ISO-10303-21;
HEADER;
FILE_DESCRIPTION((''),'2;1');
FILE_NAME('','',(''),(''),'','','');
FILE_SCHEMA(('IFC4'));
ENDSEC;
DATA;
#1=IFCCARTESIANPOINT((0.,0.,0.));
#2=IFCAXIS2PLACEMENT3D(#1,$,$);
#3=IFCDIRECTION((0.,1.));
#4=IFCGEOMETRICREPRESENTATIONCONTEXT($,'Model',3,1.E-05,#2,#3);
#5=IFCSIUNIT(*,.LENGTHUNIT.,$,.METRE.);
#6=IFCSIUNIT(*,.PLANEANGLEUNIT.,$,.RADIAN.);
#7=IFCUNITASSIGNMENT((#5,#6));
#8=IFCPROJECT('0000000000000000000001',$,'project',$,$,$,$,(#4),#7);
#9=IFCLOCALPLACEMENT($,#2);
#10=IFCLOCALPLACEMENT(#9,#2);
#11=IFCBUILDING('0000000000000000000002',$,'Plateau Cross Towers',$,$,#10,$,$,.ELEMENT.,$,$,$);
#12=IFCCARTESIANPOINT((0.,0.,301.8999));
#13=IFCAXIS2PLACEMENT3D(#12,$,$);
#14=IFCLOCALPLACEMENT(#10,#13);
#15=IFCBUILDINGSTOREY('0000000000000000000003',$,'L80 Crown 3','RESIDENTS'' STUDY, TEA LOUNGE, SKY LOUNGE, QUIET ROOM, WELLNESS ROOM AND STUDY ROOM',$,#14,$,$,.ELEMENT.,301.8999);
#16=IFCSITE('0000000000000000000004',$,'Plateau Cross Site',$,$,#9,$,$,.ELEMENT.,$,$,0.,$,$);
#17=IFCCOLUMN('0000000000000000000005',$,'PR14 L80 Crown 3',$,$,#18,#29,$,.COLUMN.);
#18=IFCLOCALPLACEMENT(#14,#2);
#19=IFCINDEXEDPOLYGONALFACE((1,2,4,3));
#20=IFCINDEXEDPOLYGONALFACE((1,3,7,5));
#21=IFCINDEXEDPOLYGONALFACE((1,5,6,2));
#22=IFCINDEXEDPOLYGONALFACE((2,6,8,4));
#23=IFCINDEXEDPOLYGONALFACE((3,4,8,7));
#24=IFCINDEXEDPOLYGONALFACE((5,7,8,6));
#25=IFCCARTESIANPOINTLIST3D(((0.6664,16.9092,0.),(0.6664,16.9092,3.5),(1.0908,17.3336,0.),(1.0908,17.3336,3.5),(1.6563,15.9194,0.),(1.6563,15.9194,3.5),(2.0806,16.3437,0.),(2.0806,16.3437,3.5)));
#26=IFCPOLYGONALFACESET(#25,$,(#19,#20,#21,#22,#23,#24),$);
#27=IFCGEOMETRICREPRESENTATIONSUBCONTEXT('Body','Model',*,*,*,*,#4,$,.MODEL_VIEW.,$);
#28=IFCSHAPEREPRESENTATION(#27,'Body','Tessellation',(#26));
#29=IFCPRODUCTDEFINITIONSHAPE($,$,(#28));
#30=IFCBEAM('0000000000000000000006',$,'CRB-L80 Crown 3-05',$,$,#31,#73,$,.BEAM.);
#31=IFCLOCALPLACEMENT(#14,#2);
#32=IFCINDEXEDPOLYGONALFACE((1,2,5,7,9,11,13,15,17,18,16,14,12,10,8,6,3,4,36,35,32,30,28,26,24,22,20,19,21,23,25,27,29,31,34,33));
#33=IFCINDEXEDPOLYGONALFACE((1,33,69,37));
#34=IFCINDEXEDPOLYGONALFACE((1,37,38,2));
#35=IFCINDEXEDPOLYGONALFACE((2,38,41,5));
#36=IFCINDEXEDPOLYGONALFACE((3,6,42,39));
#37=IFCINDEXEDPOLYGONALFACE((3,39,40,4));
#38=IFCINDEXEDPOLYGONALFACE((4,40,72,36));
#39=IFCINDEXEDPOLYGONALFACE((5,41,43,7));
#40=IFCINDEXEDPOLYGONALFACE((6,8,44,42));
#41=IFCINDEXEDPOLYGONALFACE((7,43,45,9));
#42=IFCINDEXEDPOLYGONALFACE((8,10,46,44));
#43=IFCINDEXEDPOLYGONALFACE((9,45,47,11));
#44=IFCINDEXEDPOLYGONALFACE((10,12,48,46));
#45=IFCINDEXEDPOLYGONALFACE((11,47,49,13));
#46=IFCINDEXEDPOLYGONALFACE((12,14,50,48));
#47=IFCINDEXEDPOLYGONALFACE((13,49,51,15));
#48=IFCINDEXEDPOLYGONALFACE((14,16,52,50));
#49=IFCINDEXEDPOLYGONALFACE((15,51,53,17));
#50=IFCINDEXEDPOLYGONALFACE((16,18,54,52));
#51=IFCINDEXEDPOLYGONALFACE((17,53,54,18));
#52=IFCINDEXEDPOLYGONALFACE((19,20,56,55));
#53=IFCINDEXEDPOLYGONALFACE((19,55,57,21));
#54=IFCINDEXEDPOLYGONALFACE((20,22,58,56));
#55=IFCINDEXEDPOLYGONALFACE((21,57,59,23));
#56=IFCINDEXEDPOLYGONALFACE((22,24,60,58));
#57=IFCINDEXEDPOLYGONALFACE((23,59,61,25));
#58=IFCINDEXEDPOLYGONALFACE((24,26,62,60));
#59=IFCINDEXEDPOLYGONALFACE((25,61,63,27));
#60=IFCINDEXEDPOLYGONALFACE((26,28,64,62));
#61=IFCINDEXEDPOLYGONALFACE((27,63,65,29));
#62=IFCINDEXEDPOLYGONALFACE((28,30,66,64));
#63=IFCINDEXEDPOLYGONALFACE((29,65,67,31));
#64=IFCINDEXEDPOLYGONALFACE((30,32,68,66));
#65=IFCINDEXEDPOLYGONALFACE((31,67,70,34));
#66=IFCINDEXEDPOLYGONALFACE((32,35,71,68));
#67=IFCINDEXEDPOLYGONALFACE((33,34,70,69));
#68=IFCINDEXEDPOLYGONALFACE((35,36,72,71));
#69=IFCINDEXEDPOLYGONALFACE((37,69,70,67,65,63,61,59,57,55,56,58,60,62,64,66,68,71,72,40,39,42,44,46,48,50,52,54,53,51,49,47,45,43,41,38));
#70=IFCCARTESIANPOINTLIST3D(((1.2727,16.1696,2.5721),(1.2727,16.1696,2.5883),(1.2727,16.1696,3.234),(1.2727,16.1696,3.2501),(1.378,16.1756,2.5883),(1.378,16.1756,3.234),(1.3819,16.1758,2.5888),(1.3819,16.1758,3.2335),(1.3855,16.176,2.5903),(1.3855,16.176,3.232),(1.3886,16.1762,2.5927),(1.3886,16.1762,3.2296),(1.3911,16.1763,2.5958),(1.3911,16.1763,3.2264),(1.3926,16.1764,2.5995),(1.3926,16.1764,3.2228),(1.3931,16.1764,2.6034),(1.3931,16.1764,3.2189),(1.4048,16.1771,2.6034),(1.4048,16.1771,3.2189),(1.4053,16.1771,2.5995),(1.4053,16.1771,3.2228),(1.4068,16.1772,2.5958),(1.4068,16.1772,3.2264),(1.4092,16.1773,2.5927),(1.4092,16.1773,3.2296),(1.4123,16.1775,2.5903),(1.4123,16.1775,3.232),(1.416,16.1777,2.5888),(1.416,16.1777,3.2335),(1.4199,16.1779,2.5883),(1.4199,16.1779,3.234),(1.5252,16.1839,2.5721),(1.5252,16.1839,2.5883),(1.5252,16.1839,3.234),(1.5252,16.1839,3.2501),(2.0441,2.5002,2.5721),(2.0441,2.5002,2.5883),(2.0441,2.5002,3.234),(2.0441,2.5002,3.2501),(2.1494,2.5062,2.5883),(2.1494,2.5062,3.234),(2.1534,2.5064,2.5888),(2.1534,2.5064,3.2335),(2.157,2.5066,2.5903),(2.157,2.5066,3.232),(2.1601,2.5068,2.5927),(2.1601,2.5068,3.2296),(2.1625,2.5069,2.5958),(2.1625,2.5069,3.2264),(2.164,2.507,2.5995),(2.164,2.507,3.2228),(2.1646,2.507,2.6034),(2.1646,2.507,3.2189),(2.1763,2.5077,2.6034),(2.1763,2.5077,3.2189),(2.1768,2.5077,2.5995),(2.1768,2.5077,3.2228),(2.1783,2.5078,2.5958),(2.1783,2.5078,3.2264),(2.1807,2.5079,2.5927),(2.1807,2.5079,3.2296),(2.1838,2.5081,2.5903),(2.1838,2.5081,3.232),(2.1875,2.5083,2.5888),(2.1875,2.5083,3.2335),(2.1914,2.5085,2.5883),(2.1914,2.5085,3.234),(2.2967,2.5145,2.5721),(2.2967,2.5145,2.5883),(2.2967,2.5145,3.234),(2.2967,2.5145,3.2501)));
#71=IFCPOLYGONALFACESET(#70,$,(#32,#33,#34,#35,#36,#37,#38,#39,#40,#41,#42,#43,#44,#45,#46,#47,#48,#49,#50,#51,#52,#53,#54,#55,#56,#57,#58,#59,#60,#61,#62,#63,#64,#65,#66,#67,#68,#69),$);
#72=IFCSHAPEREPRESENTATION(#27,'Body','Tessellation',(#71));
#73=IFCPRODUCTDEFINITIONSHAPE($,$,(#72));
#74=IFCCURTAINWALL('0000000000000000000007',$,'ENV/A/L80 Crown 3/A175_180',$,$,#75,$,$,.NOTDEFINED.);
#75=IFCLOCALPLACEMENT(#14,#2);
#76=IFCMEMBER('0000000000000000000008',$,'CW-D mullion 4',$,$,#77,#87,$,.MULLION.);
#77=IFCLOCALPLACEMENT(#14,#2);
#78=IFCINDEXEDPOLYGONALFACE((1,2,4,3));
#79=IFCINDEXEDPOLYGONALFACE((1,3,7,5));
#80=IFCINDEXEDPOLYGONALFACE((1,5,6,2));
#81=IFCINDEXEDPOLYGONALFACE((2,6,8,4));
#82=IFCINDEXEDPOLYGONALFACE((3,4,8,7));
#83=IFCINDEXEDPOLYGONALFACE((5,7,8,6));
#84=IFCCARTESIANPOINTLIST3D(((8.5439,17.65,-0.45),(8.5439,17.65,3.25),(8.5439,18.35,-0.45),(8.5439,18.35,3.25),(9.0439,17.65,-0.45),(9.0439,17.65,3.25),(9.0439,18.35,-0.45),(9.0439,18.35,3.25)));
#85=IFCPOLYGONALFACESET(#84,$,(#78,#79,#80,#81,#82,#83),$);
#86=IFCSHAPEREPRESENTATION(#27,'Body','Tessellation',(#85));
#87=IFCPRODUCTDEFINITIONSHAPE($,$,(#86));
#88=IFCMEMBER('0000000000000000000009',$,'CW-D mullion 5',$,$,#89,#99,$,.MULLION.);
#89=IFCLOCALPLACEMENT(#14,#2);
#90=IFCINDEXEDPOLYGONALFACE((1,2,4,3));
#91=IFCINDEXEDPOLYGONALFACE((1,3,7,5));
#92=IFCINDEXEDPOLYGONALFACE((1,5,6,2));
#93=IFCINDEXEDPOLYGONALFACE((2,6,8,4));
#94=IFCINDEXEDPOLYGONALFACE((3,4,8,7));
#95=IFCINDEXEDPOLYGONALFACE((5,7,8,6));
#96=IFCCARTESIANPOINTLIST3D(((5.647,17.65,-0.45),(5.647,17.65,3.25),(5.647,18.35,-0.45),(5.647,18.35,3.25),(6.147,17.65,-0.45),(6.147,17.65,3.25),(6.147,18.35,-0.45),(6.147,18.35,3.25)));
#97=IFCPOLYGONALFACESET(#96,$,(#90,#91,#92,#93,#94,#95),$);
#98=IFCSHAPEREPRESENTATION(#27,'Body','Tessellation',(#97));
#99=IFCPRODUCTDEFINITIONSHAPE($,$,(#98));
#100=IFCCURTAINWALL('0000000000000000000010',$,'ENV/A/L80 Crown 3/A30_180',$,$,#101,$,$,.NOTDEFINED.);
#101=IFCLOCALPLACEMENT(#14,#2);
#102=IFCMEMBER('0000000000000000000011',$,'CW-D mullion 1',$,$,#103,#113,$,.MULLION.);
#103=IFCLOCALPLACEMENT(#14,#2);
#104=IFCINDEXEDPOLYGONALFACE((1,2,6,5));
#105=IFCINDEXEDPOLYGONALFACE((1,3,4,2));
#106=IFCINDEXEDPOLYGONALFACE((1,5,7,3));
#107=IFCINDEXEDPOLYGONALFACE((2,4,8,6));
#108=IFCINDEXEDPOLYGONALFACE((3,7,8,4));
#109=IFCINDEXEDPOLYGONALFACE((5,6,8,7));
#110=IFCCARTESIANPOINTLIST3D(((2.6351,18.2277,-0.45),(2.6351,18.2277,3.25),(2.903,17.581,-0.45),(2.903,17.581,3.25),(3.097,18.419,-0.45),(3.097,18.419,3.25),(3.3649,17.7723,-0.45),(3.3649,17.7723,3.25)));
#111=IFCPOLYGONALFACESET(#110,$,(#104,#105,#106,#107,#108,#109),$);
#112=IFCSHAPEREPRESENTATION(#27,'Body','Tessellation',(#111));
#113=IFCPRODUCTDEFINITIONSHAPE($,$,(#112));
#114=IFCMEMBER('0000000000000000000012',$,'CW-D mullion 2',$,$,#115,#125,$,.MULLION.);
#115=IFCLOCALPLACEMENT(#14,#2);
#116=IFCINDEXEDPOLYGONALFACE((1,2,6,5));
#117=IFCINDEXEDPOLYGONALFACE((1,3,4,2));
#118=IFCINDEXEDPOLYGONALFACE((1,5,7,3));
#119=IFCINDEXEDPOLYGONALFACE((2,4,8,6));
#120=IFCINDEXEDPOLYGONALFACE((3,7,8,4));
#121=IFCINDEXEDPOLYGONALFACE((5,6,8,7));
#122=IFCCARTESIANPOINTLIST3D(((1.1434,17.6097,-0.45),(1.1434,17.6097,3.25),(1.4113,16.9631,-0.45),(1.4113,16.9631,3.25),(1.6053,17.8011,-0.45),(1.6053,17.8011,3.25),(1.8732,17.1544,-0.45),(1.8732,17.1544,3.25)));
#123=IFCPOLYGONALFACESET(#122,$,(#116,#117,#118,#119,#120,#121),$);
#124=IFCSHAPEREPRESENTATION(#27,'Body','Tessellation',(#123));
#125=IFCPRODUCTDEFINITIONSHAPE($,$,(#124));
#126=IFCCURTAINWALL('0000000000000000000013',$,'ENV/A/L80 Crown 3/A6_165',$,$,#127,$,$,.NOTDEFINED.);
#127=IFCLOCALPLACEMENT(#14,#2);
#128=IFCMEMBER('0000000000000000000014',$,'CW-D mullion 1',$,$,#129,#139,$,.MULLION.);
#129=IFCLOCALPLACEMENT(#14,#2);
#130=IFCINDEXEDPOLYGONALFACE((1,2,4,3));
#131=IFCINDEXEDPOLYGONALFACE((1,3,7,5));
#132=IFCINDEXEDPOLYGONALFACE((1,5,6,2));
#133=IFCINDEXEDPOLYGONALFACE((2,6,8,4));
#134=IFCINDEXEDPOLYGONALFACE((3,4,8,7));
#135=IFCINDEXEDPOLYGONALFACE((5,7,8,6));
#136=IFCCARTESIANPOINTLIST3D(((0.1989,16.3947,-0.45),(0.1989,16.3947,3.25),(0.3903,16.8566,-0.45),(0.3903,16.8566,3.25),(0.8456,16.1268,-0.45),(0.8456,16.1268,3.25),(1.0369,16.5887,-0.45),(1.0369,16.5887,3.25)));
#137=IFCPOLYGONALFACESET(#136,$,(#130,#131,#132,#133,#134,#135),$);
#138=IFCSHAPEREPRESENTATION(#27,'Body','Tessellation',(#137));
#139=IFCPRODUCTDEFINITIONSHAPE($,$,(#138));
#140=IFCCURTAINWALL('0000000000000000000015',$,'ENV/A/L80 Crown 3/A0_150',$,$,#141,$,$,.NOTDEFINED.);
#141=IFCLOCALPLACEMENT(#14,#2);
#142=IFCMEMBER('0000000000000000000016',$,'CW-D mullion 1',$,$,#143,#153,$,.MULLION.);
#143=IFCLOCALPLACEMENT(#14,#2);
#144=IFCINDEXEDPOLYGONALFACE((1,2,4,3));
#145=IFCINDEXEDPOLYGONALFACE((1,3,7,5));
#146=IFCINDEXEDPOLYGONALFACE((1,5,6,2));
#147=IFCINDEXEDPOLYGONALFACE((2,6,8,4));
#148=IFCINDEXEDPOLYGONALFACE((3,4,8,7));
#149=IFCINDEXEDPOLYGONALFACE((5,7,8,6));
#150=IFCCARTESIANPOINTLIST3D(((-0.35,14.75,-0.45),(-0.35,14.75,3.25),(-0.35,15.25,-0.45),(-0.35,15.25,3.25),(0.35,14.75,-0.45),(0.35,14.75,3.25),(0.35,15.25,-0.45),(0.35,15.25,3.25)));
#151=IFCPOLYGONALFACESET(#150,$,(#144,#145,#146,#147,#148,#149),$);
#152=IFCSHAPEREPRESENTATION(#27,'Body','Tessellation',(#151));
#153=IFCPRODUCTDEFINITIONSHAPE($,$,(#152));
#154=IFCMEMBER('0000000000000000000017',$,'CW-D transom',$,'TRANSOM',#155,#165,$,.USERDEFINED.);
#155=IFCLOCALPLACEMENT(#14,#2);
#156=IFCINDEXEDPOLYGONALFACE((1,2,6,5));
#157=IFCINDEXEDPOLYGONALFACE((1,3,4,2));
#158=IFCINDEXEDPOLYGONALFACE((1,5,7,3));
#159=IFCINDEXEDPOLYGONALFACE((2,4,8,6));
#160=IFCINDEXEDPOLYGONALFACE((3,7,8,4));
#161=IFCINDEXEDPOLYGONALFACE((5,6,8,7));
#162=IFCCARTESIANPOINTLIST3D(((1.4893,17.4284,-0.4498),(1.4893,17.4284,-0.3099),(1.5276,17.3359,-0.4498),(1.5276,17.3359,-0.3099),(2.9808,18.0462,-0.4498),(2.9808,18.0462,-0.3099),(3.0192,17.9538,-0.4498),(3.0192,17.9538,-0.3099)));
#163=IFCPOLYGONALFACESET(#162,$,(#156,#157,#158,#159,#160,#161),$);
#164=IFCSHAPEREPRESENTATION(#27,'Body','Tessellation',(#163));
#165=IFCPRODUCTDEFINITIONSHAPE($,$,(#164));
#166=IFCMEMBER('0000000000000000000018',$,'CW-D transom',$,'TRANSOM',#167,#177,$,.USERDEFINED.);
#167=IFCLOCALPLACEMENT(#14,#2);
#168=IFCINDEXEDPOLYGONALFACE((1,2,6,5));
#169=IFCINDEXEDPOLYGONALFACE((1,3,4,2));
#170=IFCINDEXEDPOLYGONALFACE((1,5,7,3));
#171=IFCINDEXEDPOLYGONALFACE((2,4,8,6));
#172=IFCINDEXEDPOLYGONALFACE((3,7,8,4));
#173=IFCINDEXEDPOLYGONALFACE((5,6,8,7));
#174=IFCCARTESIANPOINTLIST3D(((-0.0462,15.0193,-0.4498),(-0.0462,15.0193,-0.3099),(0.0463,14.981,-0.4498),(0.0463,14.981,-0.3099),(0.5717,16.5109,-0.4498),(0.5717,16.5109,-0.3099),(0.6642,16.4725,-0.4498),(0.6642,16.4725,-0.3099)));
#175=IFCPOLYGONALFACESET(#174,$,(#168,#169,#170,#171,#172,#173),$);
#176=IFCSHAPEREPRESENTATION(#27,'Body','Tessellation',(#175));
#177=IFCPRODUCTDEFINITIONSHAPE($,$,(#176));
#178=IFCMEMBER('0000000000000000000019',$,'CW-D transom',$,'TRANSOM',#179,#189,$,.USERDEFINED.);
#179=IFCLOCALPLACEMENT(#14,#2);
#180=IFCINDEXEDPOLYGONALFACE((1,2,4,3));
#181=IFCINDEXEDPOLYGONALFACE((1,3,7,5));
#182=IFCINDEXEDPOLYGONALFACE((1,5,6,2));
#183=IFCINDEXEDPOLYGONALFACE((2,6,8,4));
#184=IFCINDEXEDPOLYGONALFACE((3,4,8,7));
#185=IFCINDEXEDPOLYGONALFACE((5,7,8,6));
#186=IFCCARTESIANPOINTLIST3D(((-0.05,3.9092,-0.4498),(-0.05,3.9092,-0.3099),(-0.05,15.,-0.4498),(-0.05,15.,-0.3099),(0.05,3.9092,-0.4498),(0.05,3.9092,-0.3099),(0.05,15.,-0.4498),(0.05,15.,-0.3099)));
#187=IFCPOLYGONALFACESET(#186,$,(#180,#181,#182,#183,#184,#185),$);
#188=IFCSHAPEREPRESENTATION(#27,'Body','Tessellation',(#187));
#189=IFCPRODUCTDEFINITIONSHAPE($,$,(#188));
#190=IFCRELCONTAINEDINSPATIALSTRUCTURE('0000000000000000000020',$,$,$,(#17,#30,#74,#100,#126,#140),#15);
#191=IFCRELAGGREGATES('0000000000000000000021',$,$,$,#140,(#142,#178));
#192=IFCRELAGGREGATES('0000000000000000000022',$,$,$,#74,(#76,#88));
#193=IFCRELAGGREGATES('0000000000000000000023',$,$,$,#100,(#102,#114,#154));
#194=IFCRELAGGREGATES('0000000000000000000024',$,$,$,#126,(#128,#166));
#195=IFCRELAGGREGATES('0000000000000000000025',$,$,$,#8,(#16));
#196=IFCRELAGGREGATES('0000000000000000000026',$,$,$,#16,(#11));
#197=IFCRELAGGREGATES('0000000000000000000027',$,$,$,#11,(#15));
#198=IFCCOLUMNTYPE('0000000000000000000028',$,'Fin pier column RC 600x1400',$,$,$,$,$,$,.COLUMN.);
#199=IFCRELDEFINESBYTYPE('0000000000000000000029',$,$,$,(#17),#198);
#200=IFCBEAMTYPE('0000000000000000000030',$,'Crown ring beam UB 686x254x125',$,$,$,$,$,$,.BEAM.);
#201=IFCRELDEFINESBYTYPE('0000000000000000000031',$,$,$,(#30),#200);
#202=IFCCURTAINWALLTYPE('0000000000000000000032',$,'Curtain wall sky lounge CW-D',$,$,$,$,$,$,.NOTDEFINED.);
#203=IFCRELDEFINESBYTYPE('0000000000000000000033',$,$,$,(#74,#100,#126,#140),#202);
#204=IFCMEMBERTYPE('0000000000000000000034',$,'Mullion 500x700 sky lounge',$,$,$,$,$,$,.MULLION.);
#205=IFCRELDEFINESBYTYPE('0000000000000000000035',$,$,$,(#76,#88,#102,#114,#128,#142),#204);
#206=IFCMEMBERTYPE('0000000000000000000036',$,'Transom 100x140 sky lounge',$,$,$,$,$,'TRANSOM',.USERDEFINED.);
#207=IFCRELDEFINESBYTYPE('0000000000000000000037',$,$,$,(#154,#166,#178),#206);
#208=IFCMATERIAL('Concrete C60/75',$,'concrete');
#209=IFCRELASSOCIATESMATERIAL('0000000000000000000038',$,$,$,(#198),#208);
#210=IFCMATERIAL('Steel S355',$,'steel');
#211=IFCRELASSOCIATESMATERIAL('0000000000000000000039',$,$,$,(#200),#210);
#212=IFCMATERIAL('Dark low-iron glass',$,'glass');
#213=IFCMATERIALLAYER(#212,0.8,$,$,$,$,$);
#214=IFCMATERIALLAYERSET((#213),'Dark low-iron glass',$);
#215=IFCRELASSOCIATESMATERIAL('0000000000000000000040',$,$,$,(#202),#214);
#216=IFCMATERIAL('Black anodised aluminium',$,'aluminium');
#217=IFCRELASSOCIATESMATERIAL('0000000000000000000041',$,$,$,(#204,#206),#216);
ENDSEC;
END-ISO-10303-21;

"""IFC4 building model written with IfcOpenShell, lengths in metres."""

from ifc_helpers import new_model, si_unit, direction, frame, origin, origin_2d, place, context, subcontext, project, spatial, rectangle, i_section, extrude, material, layer, layer_set, material_profile, profile_set, type_object, element, aggregate, save


model = new_model("IFC4")

# Units and contexts
model_context = context("Model", 3, precision=1e-05, world=origin(), true_north=direction((0.0, 1.0)))
body_context = subcontext(model_context, "Body", "Model", "MODEL_VIEW")
ifc_project = project(units=[si_unit("LENGTHUNIT", "METRE"), si_unit("PLANEANGLEUNIT", "RADIAN")], contexts=[model_context])

# Site, building, storey
site_placement = place(None, origin())
site = spatial("IfcSite", under=ifc_project, at=site_placement, Name="Plateau Cross Site", CompositionType="ELEMENT", RefElevation=0.0)
building_placement = place(site_placement, origin())
building = spatial("IfcBuilding", under=site, at=building_placement, Name="Plateau Cross Towers", CompositionType="ELEMENT")
storey_placement = place(building_placement, frame((0.0, 0.0, 301.8999)))
storey = spatial("IfcBuildingStorey", under=building, at=storey_placement, Name="L80 Crown 3", Description="RESIDENTS' STUDY, TEA LOUNGE, SKY LOUNGE, QUIET ROOM, WELLNESS ROOM AND STUDY ROOM", CompositionType="ELEMENT", Elevation=301.8999)

# Column
ifc_material_1 = material(Name="Concrete C60/75", Category="concrete")
ifc_material_profile_1 = material_profile(ifc_material_1, rectangle(XDim=0.6001, YDim=1.3999, at=origin_2d()), Name="RC 600x1400")
ifc_profile_set_1 = profile_set([ifc_material_profile_1], Name="Concrete C60/75")
column_type = type_object("IfcColumnType", Name="Fin pier column RC 600x1400", PredefinedType="COLUMN", material=ifc_profile_set_1)
column_placement = place(storey_placement, frame((1.3735, 16.6265, 0.0), z_axis=(0.0, 0.0, 1.0), x_axis=(0.707107, 0.707107, 0.0)))
element("IfcColumn", 1, at=column_placement, inside=storey, type_object=column_type, Name="PR14 L80 Crown 3", PredefinedType="COLUMN", context=body_context, shape_type="SweptSolid", body=[
    extrude(rectangle(XDim=0.6001, YDim=1.3999, at=origin_2d()), origin(), (0.0, 0.0, 1.0), 3.5),
])

# Beam
ifc_material_2 = material(Name="Steel S355", Category="steel")
ifc_material_profile_2 = material_profile(ifc_material_2, i_section(OverallWidth=0.2529, OverallDepth=0.678, WebThickness=0.0117, FlangeThickness=0.0161, FilletRadius=0.0151, at=origin_2d()), Name="UB 686x254x125")
ifc_profile_set_2 = profile_set([ifc_material_profile_2], Name="Steel S355")
beam_type = type_object("IfcBeamType", Name="Crown ring beam UB 686x254x125", PredefinedType="BEAM", material=ifc_profile_set_2)
beam_placement = place(storey_placement, frame((1.3989, 16.1768, 2.9111), z_axis=(0.056349, -0.998411, 0.0), x_axis=(0.998411, 0.056349, 0.0)))
element("IfcBeam", 2, at=beam_placement, inside=storey, type_object=beam_type, Name="CRB-L80 Crown 3-05", PredefinedType="BEAM", context=body_context, shape_type="SweptSolid", body=[
    extrude(i_section(OverallWidth=0.2529, OverallDepth=0.678, WebThickness=0.0117, FlangeThickness=0.0161, FilletRadius=0.0151, at=origin_2d()), origin(), (0.0, 0.0, 1.0), 13.6912),
])

# Curtain walls, members
ifc_material_3 = material(Name="Dark low-iron glass", Category="glass")
ifc_layer_1 = layer(ifc_material_3, 0.8)
ifc_layer_set_1 = layer_set([ifc_layer_1], Name="Dark low-iron glass")
curtain_wall_type = type_object("IfcCurtainWallType", Name="Curtain wall sky lounge CW-D", PredefinedType="NOTDEFINED", material=ifc_layer_set_1)
curtain_wall_1_placement = place(storey_placement, origin())
curtain_wall_1 = element("IfcCurtainWall", 3, at=curtain_wall_1_placement, inside=storey, type_object=curtain_wall_type, Name="ENV/A/L80 Crown 3/A175_180", PredefinedType="NOTDEFINED")
ifc_material_4 = material(Name="Black anodised aluminium", Category="aluminium")
ifc_material_profile_3 = material_profile(ifc_material_4, rectangle(XDim=0.5, YDim=0.7, at=origin_2d()), Name="MULLION 500x700")
ifc_profile_set_3 = profile_set([ifc_material_profile_3], Name="Black anodised aluminium")
member_type_1 = type_object("IfcMemberType", Name="Mullion 500x700 sky lounge", PredefinedType="MULLION", material=ifc_profile_set_3)
member_1_placement = place(storey_placement, frame((8.7939, 18.0, -0.45), z_axis=(0.0, 0.0, 1.0), x_axis=(-1.0, 0.0, 0.0)))
member_1 = element("IfcMember", 4, at=member_1_placement, type_object=member_type_1, Name="CW-D mullion 4", PredefinedType="MULLION", context=body_context, shape_type="SweptSolid", body=[
    extrude(rectangle(XDim=0.5, YDim=0.7, at=origin_2d()), origin(), (0.0, 0.0, 1.0), 3.7),
])
member_2_placement = place(storey_placement, frame((5.897, 18.0, -0.45), z_axis=(0.0, 0.0, 1.0), x_axis=(-1.0, 0.0, 0.0)))
member_2 = element("IfcMember", 5, at=member_2_placement, type_object=member_type_1, Name="CW-D mullion 5", PredefinedType="MULLION", context=body_context, shape_type="SweptSolid", body=[
    extrude(rectangle(XDim=0.5, YDim=0.7, at=origin_2d()), origin(), (0.0, 0.0, 1.0), 3.7),
])
curtain_wall_2_placement = place(storey_placement, origin())
curtain_wall_2 = element("IfcCurtainWall", 6, at=curtain_wall_2_placement, inside=storey, type_object=curtain_wall_type, Name="ENV/A/L80 Crown 3/A30_180", PredefinedType="NOTDEFINED")
member_3_placement = place(storey_placement, frame((3.0, 18.0, -0.45), z_axis=(0.0, 0.0, 1.0), x_axis=(-0.923879, -0.382684, 0.0)))
member_3 = element("IfcMember", 7, at=member_3_placement, type_object=member_type_1, Name="CW-D mullion 1", PredefinedType="MULLION", context=body_context, shape_type="SweptSolid", body=[
    extrude(rectangle(XDim=0.5, YDim=0.7, at=origin_2d()), origin(), (0.0, 0.0, 1.0), 3.7),
])
member_4_placement = place(storey_placement, frame((1.5083, 17.3821, -0.45), z_axis=(0.0, 0.0, 1.0), x_axis=(-0.923879, -0.382684, 0.0)))
member_4 = element("IfcMember", 8, at=member_4_placement, type_object=member_type_1, Name="CW-D mullion 2", PredefinedType="MULLION", context=body_context, shape_type="SweptSolid", body=[
    extrude(rectangle(XDim=0.5, YDim=0.7, at=origin_2d()), origin(), (0.0, 0.0, 1.0), 3.7),
])

# Curtain walls, members
curtain_wall_3_placement = place(storey_placement, origin())
curtain_wall_3 = element("IfcCurtainWall", 9, at=curtain_wall_3_placement, inside=storey, type_object=curtain_wall_type, Name="ENV/A/L80 Crown 3/A6_165", PredefinedType="NOTDEFINED")
member_5_placement = place(storey_placement, frame((0.6179, 16.4917, -0.45), z_axis=(0.0, 0.0, 1.0), x_axis=(-0.382684, -0.923879, 0.0)))
member_5 = element("IfcMember", 10, at=member_5_placement, type_object=member_type_1, Name="CW-D mullion 1", PredefinedType="MULLION", context=body_context, shape_type="SweptSolid", body=[
    extrude(rectangle(XDim=0.5, YDim=0.7, at=origin_2d()), origin(), (0.0, 0.0, 1.0), 3.7),
])
curtain_wall_4_placement = place(storey_placement, origin())
curtain_wall_4 = element("IfcCurtainWall", 11, at=curtain_wall_4_placement, inside=storey, type_object=curtain_wall_type, Name="ENV/A/L80 Crown 3/A0_150", PredefinedType="NOTDEFINED")
member_6_placement = place(storey_placement, frame((0.0, 15.0, -0.45), z_axis=(0.0, 0.0, 1.0), x_axis=(0.0, -1.0, 0.0)))
member_6 = element("IfcMember", 12, at=member_6_placement, type_object=member_type_1, Name="CW-D mullion 1", PredefinedType="MULLION", context=body_context, shape_type="SweptSolid", body=[
    extrude(rectangle(XDim=0.5, YDim=0.7, at=origin_2d()), origin(), (0.0, 0.0, 1.0), 3.7),
])

# Members
ifc_material_profile_4 = material_profile(ifc_material_4, rectangle(XDim=0.1001, YDim=0.1399, at=origin_2d()), Name="TRANSOM 100x140")
ifc_profile_set_4 = profile_set([ifc_material_profile_4], Name="Black anodised aluminium")
member_type_2 = type_object("IfcMemberType", Name="Transom 100x140 sky lounge", ElementType="TRANSOM", PredefinedType="USERDEFINED", material=ifc_profile_set_4)
member_7_placement = place(storey_placement, frame((3.0, 18.0, -0.3799), z_axis=(-0.923871, -0.382703, 0.0), x_axis=(0.382703, -0.923871, 0.0)))
member_7 = element("IfcMember", 13, at=member_7_placement, type_object=member_type_2, Name="CW-D transom", ObjectType="TRANSOM", PredefinedType="USERDEFINED", context=body_context, shape_type="SweptSolid", body=[
    extrude(rectangle(XDim=0.1001, YDim=0.1399, at=origin_2d()), origin(), (0.0, 0.0, 1.0), 1.6145),
])
member_8_placement = place(storey_placement, frame((0.6179, 16.4917, -0.3799), z_axis=(-0.382703, -0.923871, 0.0), x_axis=(0.923871, -0.382703, 0.0)))
member_8 = element("IfcMember", 14, at=member_8_placement, type_object=member_type_2, Name="CW-D transom", ObjectType="TRANSOM", PredefinedType="USERDEFINED", context=body_context, shape_type="SweptSolid", body=[
    extrude(rectangle(XDim=0.1001, YDim=0.1399, at=origin_2d()), origin(), (0.0, 0.0, 1.0), 1.6145),
])
member_9_placement = place(storey_placement, frame((0.0, 15.0, -0.3799), z_axis=(0.0, -1.0, 0.0), x_axis=(1.0, 0.0, 0.0)))
member_9 = element("IfcMember", 15, at=member_9_placement, type_object=member_type_2, Name="CW-D transom", ObjectType="TRANSOM", PredefinedType="USERDEFINED", context=body_context, shape_type="SweptSolid", body=[
    extrude(rectangle(XDim=0.1001, YDim=0.1399, at=origin_2d()), origin(), (0.0, 0.0, 1.0), 11.0908),
])
aggregate(curtain_wall_4, [member_6, member_9])

aggregate(curtain_wall_1, [member_1, member_2])
aggregate(curtain_wall_2, [member_3, member_4, member_7])
aggregate(curtain_wall_3, [member_5, member_8])

save(model, "model.ifc")
